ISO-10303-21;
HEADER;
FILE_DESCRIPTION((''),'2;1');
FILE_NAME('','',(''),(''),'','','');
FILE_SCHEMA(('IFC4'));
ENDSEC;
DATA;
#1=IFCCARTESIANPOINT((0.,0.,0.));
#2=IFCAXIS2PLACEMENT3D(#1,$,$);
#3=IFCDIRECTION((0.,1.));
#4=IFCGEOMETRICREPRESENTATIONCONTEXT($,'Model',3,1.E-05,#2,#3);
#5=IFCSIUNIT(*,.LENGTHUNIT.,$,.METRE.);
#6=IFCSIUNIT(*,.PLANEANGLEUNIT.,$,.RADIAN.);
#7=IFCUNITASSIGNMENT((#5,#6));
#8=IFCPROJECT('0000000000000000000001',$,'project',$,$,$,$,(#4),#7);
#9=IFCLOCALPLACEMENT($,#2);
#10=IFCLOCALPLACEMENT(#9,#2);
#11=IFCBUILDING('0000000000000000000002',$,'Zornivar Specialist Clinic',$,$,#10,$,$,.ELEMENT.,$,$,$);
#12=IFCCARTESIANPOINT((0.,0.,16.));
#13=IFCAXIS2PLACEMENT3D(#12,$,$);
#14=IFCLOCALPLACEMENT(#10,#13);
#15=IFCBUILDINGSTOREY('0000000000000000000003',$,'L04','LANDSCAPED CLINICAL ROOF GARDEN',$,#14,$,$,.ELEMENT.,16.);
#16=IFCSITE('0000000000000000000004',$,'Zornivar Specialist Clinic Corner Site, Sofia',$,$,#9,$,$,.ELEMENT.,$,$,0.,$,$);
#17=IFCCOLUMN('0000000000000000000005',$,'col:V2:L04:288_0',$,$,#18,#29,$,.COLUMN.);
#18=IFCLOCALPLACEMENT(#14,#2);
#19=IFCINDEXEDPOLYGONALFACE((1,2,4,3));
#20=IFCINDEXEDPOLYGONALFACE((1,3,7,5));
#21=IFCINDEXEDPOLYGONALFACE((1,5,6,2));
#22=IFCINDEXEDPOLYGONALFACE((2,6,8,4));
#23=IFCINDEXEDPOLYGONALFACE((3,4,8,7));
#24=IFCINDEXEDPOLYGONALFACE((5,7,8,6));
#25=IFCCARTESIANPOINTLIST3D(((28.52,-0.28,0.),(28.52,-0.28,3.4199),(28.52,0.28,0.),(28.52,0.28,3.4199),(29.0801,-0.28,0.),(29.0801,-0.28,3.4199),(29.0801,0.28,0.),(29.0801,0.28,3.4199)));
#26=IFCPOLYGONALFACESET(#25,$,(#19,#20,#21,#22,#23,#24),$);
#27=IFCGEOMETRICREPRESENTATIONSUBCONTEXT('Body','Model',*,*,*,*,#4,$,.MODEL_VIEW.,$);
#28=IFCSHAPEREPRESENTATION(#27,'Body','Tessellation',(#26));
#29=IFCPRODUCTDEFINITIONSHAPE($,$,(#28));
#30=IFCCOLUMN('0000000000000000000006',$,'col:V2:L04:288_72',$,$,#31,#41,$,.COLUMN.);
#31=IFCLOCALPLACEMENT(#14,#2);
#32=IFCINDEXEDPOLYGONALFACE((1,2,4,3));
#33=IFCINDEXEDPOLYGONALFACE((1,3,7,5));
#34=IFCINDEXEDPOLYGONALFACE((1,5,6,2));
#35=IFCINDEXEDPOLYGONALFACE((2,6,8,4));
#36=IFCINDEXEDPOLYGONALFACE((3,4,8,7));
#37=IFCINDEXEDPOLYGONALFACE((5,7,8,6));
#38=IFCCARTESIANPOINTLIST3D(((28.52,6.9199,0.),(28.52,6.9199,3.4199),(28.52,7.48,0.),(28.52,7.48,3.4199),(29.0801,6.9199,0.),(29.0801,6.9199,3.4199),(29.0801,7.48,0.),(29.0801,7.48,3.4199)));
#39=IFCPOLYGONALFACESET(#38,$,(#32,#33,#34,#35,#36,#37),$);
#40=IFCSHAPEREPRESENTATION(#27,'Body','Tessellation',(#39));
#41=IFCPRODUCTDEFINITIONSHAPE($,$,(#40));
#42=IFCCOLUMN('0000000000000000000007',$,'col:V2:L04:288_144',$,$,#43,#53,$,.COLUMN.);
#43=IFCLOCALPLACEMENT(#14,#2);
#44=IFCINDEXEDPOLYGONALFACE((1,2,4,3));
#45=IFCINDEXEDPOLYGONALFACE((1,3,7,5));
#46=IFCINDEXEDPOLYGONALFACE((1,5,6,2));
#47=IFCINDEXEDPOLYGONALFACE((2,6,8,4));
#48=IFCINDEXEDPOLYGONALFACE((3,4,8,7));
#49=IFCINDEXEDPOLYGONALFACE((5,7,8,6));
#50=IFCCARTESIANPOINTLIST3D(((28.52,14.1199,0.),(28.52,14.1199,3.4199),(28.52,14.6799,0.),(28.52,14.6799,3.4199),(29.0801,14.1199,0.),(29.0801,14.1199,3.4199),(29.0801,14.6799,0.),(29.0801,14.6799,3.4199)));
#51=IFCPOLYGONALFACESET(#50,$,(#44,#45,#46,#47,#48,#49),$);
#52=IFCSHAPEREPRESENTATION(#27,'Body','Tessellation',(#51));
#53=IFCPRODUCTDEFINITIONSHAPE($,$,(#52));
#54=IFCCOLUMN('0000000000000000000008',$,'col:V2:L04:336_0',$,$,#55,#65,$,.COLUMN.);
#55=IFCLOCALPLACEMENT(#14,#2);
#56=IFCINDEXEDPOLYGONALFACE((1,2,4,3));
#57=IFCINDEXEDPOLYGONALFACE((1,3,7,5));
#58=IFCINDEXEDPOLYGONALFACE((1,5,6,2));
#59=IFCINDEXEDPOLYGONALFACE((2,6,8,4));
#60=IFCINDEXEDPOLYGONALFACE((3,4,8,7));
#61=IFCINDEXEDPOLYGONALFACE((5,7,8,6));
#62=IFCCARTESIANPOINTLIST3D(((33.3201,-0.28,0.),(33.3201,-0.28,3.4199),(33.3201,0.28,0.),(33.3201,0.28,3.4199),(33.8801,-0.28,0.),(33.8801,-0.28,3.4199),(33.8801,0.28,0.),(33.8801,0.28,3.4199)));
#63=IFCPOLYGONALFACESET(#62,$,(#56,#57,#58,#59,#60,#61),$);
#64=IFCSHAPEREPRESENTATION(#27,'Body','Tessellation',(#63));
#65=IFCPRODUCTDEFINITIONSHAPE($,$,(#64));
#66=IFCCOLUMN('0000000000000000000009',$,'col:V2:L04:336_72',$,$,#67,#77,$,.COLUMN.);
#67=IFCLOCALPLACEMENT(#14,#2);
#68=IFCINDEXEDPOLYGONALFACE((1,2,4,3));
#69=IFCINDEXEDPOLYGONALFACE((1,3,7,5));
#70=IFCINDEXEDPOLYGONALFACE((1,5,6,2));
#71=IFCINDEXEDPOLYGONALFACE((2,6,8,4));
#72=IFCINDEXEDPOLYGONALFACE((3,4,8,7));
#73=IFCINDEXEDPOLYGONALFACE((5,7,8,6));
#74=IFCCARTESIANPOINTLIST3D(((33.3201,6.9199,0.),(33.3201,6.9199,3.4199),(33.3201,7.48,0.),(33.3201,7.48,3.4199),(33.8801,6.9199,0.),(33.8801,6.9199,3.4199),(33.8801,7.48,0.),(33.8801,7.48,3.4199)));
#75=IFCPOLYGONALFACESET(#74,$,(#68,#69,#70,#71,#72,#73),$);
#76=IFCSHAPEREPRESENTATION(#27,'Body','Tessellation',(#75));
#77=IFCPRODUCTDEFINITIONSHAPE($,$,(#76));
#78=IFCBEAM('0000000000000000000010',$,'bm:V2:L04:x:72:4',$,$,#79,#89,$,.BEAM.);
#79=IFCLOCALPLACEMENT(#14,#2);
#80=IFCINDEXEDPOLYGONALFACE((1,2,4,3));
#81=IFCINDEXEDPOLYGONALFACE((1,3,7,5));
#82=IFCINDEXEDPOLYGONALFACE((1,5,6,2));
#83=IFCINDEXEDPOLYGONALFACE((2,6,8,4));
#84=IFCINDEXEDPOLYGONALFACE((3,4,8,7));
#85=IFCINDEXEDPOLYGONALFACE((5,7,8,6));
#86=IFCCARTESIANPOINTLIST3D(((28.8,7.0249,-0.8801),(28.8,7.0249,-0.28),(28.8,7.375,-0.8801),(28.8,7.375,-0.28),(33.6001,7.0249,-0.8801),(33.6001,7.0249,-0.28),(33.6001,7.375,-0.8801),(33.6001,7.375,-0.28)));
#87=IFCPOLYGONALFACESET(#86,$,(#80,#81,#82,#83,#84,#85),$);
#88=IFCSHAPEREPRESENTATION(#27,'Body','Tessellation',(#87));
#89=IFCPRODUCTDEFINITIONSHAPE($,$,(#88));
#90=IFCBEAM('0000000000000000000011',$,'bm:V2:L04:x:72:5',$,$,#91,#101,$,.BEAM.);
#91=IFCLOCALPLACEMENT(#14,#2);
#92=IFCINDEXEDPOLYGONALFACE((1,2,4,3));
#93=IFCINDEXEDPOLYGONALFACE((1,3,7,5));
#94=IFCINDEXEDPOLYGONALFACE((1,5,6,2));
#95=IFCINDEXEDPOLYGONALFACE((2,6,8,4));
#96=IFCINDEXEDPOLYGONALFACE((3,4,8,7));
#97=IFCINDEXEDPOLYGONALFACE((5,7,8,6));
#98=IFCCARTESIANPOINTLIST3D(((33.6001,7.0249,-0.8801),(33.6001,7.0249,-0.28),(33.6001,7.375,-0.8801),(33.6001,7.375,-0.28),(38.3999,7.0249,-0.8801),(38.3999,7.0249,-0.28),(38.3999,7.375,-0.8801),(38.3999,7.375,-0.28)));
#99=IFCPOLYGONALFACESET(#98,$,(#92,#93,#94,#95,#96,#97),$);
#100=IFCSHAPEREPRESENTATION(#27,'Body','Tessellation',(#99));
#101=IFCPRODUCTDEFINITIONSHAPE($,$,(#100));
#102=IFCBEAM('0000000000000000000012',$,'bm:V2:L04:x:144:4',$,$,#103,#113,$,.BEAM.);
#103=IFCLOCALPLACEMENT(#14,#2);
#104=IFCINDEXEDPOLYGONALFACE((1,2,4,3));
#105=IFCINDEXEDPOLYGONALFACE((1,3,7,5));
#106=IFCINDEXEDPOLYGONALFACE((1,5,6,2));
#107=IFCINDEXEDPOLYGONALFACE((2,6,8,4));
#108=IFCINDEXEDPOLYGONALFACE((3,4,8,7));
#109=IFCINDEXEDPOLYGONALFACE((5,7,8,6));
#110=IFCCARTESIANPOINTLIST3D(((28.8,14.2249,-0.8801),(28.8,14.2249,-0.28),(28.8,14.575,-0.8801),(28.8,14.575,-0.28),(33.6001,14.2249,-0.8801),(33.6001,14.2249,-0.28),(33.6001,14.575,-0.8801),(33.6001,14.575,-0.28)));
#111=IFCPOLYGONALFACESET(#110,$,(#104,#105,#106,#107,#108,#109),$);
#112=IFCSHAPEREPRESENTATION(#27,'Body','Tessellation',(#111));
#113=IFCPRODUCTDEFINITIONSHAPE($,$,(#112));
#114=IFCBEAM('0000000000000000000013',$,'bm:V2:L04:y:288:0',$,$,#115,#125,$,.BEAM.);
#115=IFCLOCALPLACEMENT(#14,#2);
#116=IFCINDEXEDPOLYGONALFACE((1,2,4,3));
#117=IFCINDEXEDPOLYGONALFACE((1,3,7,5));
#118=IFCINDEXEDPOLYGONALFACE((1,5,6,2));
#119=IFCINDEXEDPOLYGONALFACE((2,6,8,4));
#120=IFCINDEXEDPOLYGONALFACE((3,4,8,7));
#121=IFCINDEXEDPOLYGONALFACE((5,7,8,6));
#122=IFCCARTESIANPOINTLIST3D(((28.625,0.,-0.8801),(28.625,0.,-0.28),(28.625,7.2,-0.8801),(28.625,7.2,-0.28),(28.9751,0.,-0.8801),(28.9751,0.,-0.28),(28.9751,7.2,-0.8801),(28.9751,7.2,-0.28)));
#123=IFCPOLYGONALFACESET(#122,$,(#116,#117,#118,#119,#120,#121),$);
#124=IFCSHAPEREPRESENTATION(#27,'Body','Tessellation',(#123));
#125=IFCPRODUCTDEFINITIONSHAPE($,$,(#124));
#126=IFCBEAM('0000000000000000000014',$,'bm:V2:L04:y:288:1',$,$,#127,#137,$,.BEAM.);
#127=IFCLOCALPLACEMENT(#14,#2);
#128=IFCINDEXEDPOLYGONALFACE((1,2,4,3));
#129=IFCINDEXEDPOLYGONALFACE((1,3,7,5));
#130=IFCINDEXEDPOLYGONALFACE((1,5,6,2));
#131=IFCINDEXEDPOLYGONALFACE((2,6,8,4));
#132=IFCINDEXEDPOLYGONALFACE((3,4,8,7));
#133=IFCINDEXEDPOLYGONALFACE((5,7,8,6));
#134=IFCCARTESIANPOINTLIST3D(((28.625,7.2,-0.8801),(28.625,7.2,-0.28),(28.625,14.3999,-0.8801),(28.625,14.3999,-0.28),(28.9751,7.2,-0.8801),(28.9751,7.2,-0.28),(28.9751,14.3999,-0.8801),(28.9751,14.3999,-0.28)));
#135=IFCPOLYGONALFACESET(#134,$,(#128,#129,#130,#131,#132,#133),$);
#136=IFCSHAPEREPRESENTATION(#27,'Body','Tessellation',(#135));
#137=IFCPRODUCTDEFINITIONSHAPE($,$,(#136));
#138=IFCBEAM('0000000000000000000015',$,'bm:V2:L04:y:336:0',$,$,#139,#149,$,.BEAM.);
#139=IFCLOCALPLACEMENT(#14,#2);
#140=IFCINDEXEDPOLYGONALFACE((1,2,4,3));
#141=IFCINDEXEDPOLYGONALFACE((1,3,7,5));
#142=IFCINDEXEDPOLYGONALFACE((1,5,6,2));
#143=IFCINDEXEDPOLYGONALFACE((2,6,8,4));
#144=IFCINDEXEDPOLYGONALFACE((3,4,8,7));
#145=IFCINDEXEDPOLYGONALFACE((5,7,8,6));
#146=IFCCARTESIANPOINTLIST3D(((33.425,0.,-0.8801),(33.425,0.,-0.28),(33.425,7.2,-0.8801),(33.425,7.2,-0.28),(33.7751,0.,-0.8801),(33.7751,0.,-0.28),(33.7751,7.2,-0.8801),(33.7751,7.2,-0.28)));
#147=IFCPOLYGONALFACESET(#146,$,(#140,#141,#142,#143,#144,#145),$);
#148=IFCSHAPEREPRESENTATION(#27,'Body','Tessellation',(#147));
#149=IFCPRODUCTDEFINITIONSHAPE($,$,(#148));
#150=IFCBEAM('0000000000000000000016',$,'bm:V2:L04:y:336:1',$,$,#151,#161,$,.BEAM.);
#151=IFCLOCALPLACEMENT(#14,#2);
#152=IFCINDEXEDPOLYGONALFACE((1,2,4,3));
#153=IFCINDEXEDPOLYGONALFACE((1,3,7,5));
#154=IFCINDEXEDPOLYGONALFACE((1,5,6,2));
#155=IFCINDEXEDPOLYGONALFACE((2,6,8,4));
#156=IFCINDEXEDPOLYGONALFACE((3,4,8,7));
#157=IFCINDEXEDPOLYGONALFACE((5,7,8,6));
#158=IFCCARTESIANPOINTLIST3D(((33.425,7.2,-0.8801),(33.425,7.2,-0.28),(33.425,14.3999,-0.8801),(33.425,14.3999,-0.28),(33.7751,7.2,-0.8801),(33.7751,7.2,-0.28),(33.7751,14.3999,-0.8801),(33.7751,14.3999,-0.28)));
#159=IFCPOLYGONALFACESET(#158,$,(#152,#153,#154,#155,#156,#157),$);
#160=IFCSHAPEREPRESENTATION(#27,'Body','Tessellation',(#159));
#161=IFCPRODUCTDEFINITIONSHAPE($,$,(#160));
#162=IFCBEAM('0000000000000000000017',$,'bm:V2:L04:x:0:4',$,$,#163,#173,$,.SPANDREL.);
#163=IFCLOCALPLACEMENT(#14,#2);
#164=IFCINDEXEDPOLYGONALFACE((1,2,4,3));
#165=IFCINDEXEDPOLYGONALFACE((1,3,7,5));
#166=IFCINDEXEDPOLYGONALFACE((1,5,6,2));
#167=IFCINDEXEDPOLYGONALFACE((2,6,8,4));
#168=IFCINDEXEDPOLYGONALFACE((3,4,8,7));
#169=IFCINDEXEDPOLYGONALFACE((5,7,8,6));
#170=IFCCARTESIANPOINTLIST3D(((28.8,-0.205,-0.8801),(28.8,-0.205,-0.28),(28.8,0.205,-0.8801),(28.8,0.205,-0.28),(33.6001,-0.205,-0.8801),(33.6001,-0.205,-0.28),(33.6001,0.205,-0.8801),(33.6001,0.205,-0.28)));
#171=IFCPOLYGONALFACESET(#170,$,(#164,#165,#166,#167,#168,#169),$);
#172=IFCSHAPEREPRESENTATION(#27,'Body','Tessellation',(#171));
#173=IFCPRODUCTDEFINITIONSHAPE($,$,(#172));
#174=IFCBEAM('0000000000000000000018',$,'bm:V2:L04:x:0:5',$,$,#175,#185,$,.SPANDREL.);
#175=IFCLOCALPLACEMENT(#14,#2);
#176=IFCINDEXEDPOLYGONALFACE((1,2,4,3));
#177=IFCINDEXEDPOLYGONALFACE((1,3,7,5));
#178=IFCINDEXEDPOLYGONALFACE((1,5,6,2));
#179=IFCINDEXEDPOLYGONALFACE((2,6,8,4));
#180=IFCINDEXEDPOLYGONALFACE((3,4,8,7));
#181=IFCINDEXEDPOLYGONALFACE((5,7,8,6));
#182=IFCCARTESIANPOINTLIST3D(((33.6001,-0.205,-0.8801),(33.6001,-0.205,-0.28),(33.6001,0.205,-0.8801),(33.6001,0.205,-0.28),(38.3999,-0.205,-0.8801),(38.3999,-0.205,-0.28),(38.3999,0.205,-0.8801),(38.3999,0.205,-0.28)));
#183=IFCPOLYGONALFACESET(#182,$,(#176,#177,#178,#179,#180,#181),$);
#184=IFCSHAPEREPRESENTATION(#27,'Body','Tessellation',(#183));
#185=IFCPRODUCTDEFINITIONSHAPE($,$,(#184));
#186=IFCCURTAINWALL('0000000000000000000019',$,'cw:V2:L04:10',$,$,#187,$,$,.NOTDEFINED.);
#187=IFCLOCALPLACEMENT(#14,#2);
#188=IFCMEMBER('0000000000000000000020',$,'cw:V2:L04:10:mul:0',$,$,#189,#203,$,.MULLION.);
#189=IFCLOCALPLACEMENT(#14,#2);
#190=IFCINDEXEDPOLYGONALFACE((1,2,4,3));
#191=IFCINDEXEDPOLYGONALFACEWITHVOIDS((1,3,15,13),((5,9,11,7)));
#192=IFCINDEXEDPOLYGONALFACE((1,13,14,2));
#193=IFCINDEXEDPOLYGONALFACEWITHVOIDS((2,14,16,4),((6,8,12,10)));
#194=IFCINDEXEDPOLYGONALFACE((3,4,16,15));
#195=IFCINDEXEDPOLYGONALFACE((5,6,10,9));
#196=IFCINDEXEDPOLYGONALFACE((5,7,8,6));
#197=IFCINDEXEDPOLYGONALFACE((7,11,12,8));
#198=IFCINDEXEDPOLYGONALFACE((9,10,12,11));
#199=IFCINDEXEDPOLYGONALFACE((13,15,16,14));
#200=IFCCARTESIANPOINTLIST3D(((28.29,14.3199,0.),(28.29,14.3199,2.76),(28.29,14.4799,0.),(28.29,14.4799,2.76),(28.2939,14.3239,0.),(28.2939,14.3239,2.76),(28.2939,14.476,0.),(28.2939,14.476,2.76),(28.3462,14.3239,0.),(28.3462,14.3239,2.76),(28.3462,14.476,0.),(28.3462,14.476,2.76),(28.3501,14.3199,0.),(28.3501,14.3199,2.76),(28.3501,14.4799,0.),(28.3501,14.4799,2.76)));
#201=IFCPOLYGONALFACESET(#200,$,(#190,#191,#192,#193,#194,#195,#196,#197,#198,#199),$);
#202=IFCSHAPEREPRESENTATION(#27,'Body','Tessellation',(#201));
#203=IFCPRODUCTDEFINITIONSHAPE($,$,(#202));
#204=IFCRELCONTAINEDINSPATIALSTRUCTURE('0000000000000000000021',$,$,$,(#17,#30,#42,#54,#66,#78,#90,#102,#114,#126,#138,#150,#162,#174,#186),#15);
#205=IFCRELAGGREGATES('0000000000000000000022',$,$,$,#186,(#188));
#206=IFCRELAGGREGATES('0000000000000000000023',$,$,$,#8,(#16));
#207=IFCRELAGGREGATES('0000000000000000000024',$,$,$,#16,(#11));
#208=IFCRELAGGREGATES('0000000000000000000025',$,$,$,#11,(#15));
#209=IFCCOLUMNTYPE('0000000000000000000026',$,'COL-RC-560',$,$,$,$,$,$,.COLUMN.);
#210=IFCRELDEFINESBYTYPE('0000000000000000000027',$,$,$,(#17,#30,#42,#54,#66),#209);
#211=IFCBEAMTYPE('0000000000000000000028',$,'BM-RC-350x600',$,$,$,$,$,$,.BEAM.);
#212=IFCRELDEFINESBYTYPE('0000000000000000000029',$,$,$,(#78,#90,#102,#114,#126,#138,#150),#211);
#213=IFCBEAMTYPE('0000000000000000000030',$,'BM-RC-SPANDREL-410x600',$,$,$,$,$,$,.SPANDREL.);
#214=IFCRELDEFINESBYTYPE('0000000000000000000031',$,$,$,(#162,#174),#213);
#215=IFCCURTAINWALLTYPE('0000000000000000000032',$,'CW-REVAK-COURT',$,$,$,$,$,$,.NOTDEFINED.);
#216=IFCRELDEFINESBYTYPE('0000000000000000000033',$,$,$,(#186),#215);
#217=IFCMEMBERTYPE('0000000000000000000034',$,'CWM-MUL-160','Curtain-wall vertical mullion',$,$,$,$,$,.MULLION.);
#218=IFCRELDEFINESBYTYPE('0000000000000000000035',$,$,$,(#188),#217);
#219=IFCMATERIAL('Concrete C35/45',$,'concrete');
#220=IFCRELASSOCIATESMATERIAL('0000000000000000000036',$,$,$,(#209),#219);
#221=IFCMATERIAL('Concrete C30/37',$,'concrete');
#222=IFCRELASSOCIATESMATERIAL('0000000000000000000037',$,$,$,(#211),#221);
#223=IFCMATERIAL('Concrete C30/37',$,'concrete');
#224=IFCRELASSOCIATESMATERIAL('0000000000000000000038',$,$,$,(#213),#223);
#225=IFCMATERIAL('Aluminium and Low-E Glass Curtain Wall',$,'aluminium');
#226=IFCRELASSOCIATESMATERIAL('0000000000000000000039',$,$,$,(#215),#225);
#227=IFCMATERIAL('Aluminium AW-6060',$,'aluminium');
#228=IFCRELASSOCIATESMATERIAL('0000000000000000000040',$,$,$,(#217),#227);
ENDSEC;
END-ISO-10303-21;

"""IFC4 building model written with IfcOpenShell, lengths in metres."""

from ifc_helpers import new_model, si_unit, direction, frame, origin, origin_2d, place, context, subcontext, project, spatial, rectangle, hollow_rectangle, extrude, material, material_profile, profile_set, type_object, element, aggregate, save


model = new_model("IFC4")

# Units and contexts
model_context = context("Model", 3, precision=1e-05, world=origin(), true_north=direction((0.0, 1.0)))
body_context = subcontext(model_context, "Body", "Model", "MODEL_VIEW")
ifc_project = project(units=[si_unit("LENGTHUNIT", "METRE"), si_unit("PLANEANGLEUNIT", "RADIAN")], contexts=[model_context])

# Site, building, storey
site_placement = place(None, origin())
site = spatial("IfcSite", under=ifc_project, at=site_placement, Name="Zornivar Specialist Clinic Corner Site, Sofia", CompositionType="ELEMENT", RefElevation=0.0)
building_placement = place(site_placement, origin())
building = spatial("IfcBuilding", under=site, at=building_placement, Name="Zornivar Specialist Clinic", CompositionType="ELEMENT")
storey_placement = place(building_placement, frame((0.0, 0.0, 16.0)))
storey = spatial("IfcBuildingStorey", under=building, at=storey_placement, Name="L04", Description="LANDSCAPED CLINICAL ROOF GARDEN", CompositionType="ELEMENT", Elevation=16.0)

# Columns
ifc_material_1 = material(Name="Concrete C35/45", Category="concrete")
ifc_material_profile_1 = material_profile(ifc_material_1, rectangle(XDim=0.5601, YDim=0.5601, at=origin_2d()), Name="RC 560x560")
ifc_profile_set_1 = profile_set([ifc_material_profile_1], Name="Concrete C35/45")
column_type = type_object("IfcColumnType", Name="COL-RC-560", PredefinedType="COLUMN", material=ifc_profile_set_1)
for number, where, z_axis, x_axis, name in (
    (1, (28.8, 0.0, 0.0), (0.0, 0.0, 1.0), (1.0, 0.0, 0.0), "col:V2:L04:288_0"),
    (2, (28.8, 7.2, 0.0), (0.0, 0.0, 1.0), (1.0, 0.0, 0.0), "col:V2:L04:288_72"),
    (3, (28.8, 14.3999, 0.0), (0.0, 0.0, 1.0), (1.0, 0.0, 0.0), "col:V2:L04:288_144"),
    (4, (33.6001, 0.0, 0.0), (0.0, 0.0, 1.0), (1.0, 0.0, 0.0), "col:V2:L04:336_0"),
    (5, (33.6001, 7.2, 0.0), (0.0, 0.0, 1.0), (1.0, 0.0, 0.0), "col:V2:L04:336_72"),
):
    element("IfcColumn", number, at=place(storey_placement, frame(where, z_axis=z_axis, x_axis=x_axis)), inside=storey, type_object=column_type, Name=name, PredefinedType="COLUMN", context=body_context, shape_type="SweptSolid", body=[
        extrude(rectangle(XDim=0.5601, YDim=0.5601, at=origin_2d()), origin(), (0.0, 0.0, 1.0), 3.4199),
    ])

# Beams
ifc_material_2 = material(Name="Concrete C30/37", Category="concrete")
ifc_material_profile_2 = material_profile(ifc_material_2, rectangle(XDim=0.3501, YDim=0.6001, at=origin_2d()), Name="RC 350x600")
ifc_profile_set_2 = profile_set([ifc_material_profile_2], Name="Concrete C30/37")
beam_type_1 = type_object("IfcBeamType", Name="BM-RC-350x600", PredefinedType="BEAM", material=ifc_profile_set_2)
beam_1_placement = place(storey_placement, frame((28.8, 7.2, -0.5801), z_axis=(1.0, 0.0, 0.0), x_axis=(0.0, 1.0, 0.0)))
element("IfcBeam", 6, at=beam_1_placement, inside=storey, type_object=beam_type_1, Name="bm:V2:L04:x:72:4", PredefinedType="BEAM", context=body_context, shape_type="SweptSolid", body=[
    extrude(rectangle(XDim=0.3501, YDim=0.6001, at=origin_2d()), origin(), (0.0, 0.0, 1.0), 4.8),
])
beam_2_placement = place(storey_placement, frame((33.6001, 7.2, -0.5801), z_axis=(1.0, 0.0, 0.0), x_axis=(0.0, 1.0, 0.0)))
element("IfcBeam", 7, at=beam_2_placement, inside=storey, type_object=beam_type_1, Name="bm:V2:L04:x:72:5", PredefinedType="BEAM", context=body_context, shape_type="SweptSolid", body=[
    extrude(rectangle(XDim=0.3501, YDim=0.6001, at=origin_2d()), origin(), (0.0, 0.0, 1.0), 4.7998),
])
beam_3_placement = place(storey_placement, frame((28.8, 14.3999, -0.5801), z_axis=(1.0, 0.0, 0.0), x_axis=(0.0, 1.0, 0.0)))
element("IfcBeam", 8, at=beam_3_placement, inside=storey, type_object=beam_type_1, Name="bm:V2:L04:x:144:4", PredefinedType="BEAM", context=body_context, shape_type="SweptSolid", body=[
    extrude(rectangle(XDim=0.3501, YDim=0.6001, at=origin_2d()), origin(), (0.0, 0.0, 1.0), 4.8),
])
for number, where, z_axis, x_axis, name in (
    (9, (28.8, 0.0, -0.5801), (0.0, 1.0, 0.0), (-1.0, 0.0, 0.0), "bm:V2:L04:y:288:0"),
    (10, (28.8, 7.2, -0.5801), (0.0, 1.0, 0.0), (-1.0, 0.0, 0.0), "bm:V2:L04:y:288:1"),
    (11, (33.6001, 0.0, -0.5801), (0.0, 1.0, 0.0), (-1.0, 0.0, 0.0), "bm:V2:L04:y:336:0"),
    (12, (33.6001, 7.2, -0.5801), (0.0, 1.0, 0.0), (-1.0, 0.0, 0.0), "bm:V2:L04:y:336:1"),
):
    element("IfcBeam", number, at=place(storey_placement, frame(where, z_axis=z_axis, x_axis=x_axis)), inside=storey, type_object=beam_type_1, Name=name, PredefinedType="BEAM", context=body_context, shape_type="SweptSolid", body=[
        extrude(rectangle(XDim=0.3501, YDim=0.6001, at=origin_2d()), origin(), (0.0, 0.0, 1.0), 7.2),
    ])
ifc_material_3 = material(Name="Concrete C30/37", Category="concrete")
ifc_material_profile_3 = material_profile(ifc_material_3, rectangle(XDim=0.4099, YDim=0.6001, at=origin_2d()), Name="RC 410x600")
ifc_profile_set_3 = profile_set([ifc_material_profile_3], Name="Concrete C30/37")
beam_type_2 = type_object("IfcBeamType", Name="BM-RC-SPANDREL-410x600", PredefinedType="SPANDREL", material=ifc_profile_set_3)
beam_4_placement = place(storey_placement, frame((28.8, 0.0, -0.5801), z_axis=(1.0, 0.0, 0.0), x_axis=(0.0, 1.0, 0.0)))
element("IfcBeam", 13, at=beam_4_placement, inside=storey, type_object=beam_type_2, Name="bm:V2:L04:x:0:4", PredefinedType="SPANDREL", context=body_context, shape_type="SweptSolid", body=[
    extrude(rectangle(XDim=0.4099, YDim=0.6001, at=origin_2d()), origin(), (0.0, 0.0, 1.0), 4.8),
])
beam_5_placement = place(storey_placement, frame((33.6001, 0.0, -0.5801), z_axis=(1.0, 0.0, 0.0), x_axis=(0.0, 1.0, 0.0)))
element("IfcBeam", 14, at=beam_5_placement, inside=storey, type_object=beam_type_2, Name="bm:V2:L04:x:0:5", PredefinedType="SPANDREL", context=body_context, shape_type="SweptSolid", body=[
    extrude(rectangle(XDim=0.4099, YDim=0.6001, at=origin_2d()), origin(), (0.0, 0.0, 1.0), 4.7998),
])

# Curtain wall, member
ifc_material_4 = material(Name="Aluminium and Low-E Glass Curtain Wall", Category="aluminium")
curtain_wall_type = type_object("IfcCurtainWallType", Name="CW-REVAK-COURT", PredefinedType="NOTDEFINED", material=ifc_material_4)
curtain_wall_placement = place(storey_placement, origin())
curtain_wall = element("IfcCurtainWall", 15, at=curtain_wall_placement, inside=storey, type_object=curtain_wall_type, Name="cw:V2:L04:10", PredefinedType="NOTDEFINED")
ifc_material_5 = material(Name="Aluminium AW-6060", Category="aluminium")
ifc_material_profile_4 = material_profile(ifc_material_5, hollow_rectangle(XDim=0.0601, YDim=0.1599, WallThickness=0.0039, at=origin_2d()), Name="ALU 60x160x4")
ifc_profile_set_4 = profile_set([ifc_material_profile_4], Name="Aluminium AW-6060")
member_type_1 = type_object("IfcMemberType", Name="CWM-MUL-160", Description="Curtain-wall vertical mullion", PredefinedType="MULLION", material=ifc_profile_set_4)
member_1_placement = place(storey_placement, frame((28.3201, 14.3999, 0.0), z_axis=(0.0, 0.0, 1.0), x_axis=(1.0, 0.0, 0.0)))
member_1 = element("IfcMember", 16, at=member_1_placement, type_object=member_type_1, Name="cw:V2:L04:10:mul:0", PredefinedType="MULLION", context=body_context, shape_type="SweptSolid", body=[
    extrude(hollow_rectangle(XDim=0.0601, YDim=0.1599, WallThickness=0.0039, at=origin_2d()), origin(), (0.0, 0.0, 1.0), 2.76),
])
aggregate(curtain_wall, [member_1])

save(model, "model.ifc")
